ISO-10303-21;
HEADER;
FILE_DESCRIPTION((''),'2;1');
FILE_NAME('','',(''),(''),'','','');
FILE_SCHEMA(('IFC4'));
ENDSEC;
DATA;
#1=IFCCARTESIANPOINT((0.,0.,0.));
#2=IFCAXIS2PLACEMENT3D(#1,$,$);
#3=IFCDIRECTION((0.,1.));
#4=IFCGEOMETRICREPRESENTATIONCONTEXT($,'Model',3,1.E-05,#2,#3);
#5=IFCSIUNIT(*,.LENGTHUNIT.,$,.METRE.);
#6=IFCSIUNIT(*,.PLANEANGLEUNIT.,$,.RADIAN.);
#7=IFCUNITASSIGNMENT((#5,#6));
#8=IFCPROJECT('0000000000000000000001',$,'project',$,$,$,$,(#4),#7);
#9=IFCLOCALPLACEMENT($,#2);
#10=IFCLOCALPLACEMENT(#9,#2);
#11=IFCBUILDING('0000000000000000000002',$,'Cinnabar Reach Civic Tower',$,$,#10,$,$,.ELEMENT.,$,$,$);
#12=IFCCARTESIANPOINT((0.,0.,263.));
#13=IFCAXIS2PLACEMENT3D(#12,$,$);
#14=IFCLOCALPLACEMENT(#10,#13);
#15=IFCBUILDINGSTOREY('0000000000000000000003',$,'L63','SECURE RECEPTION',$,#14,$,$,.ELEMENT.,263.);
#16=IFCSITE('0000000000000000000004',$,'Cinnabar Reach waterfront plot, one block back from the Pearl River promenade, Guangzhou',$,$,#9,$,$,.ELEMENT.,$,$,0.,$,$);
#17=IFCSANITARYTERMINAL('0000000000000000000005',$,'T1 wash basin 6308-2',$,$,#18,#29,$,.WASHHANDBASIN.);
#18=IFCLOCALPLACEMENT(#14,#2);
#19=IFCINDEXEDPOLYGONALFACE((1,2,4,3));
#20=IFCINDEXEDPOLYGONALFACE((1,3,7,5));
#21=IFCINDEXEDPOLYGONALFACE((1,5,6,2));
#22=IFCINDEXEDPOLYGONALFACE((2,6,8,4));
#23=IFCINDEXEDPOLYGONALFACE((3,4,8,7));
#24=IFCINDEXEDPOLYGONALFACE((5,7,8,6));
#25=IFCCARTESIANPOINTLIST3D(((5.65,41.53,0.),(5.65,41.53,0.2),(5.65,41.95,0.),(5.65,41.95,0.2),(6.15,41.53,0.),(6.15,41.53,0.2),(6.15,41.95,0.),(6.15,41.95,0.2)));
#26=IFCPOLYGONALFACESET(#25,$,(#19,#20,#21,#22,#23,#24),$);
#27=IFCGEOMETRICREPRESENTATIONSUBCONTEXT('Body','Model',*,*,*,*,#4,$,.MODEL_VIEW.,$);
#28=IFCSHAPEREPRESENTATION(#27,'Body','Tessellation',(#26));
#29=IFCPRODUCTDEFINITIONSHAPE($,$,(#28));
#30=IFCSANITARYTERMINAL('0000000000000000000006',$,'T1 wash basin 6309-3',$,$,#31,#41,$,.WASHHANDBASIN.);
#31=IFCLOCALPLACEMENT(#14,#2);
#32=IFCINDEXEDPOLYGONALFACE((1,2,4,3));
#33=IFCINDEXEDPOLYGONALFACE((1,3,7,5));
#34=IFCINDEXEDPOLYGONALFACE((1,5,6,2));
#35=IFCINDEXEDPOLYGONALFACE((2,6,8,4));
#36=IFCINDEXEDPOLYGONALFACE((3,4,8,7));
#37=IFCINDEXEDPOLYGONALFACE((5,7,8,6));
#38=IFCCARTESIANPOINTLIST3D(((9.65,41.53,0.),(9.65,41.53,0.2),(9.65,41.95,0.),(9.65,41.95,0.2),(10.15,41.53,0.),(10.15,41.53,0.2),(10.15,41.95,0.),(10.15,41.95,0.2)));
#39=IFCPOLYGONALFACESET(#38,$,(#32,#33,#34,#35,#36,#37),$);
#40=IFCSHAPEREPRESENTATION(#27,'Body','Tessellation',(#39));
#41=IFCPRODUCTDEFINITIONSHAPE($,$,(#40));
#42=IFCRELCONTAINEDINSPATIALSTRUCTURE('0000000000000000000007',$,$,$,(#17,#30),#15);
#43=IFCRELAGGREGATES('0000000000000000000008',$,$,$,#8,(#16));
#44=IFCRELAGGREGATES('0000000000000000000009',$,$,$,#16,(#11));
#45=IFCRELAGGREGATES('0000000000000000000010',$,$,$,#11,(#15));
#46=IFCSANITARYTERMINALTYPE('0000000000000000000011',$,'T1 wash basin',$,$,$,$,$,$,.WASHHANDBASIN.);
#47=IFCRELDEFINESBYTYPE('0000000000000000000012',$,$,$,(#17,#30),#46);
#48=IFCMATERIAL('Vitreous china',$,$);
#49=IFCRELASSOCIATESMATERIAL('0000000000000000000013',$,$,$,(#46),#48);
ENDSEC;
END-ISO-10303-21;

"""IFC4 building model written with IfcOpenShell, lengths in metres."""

from ifc_helpers import new_model, si_unit, direction, frame, origin, origin_2d, place, context, subcontext, project, spatial, rectangle, extrude, material, type_object, element, save


model = new_model("IFC4")

# Units and contexts
model_context = context("Model", 3, precision=1e-05, world=origin(), true_north=direction((0.0, 1.0)))
body_context = subcontext(model_context, "Body", "Model", "MODEL_VIEW")
ifc_project = project(units=[si_unit("LENGTHUNIT", "METRE"), si_unit("PLANEANGLEUNIT", "RADIAN")], contexts=[model_context])

# Site, building, storey
site_placement = place(None, origin())
site = spatial("IfcSite", under=ifc_project, at=site_placement, Name="Cinnabar Reach waterfront plot, one block back from the Pearl River promenade, Guangzhou", CompositionType="ELEMENT", RefElevation=0.0)
building_placement = place(site_placement, origin())
building = spatial("IfcBuilding", under=site, at=building_placement, Name="Cinnabar Reach Civic Tower", CompositionType="ELEMENT")
storey_placement = place(building_placement, frame((0.0, 0.0, 263.0)))
storey = spatial("IfcBuildingStorey", under=building, at=storey_placement, Name="L63", Description="SECURE RECEPTION", CompositionType="ELEMENT", Elevation=263.0)

# Sanitary terminals
ifc_material_1 = material(Name="Vitreous china")
sanitary_terminal_type_1 = type_object("IfcSanitaryTerminalType", Name="T1 wash basin", PredefinedType="WASHHANDBASIN", material=ifc_material_1)
for number, where, z_axis, x_axis, name in (
    (1, (5.9, 41.74, 0.0), (0.0, 0.0, 1.0), (1.0, 0.0, 0.0), "T1 wash basin 6308-2"),
    (2, (9.9, 41.74, 0.0), (0.0, 0.0, 1.0), (1.0, 0.0, 0.0), "T1 wash basin 6309-3"),
):
    element("IfcSanitaryTerminal", number, at=place(storey_placement, frame(where, z_axis=z_axis, x_axis=x_axis)), inside=storey, type_object=sanitary_terminal_type_1, Name=name, PredefinedType="WASHHANDBASIN", context=body_context, shape_type="SweptSolid", body=[
        extrude(rectangle(XDim=0.5, YDim=0.42, at=origin_2d()), origin(), (0.0, 0.0, 1.0), 0.2),
    ])

save(model, "model.ifc")
